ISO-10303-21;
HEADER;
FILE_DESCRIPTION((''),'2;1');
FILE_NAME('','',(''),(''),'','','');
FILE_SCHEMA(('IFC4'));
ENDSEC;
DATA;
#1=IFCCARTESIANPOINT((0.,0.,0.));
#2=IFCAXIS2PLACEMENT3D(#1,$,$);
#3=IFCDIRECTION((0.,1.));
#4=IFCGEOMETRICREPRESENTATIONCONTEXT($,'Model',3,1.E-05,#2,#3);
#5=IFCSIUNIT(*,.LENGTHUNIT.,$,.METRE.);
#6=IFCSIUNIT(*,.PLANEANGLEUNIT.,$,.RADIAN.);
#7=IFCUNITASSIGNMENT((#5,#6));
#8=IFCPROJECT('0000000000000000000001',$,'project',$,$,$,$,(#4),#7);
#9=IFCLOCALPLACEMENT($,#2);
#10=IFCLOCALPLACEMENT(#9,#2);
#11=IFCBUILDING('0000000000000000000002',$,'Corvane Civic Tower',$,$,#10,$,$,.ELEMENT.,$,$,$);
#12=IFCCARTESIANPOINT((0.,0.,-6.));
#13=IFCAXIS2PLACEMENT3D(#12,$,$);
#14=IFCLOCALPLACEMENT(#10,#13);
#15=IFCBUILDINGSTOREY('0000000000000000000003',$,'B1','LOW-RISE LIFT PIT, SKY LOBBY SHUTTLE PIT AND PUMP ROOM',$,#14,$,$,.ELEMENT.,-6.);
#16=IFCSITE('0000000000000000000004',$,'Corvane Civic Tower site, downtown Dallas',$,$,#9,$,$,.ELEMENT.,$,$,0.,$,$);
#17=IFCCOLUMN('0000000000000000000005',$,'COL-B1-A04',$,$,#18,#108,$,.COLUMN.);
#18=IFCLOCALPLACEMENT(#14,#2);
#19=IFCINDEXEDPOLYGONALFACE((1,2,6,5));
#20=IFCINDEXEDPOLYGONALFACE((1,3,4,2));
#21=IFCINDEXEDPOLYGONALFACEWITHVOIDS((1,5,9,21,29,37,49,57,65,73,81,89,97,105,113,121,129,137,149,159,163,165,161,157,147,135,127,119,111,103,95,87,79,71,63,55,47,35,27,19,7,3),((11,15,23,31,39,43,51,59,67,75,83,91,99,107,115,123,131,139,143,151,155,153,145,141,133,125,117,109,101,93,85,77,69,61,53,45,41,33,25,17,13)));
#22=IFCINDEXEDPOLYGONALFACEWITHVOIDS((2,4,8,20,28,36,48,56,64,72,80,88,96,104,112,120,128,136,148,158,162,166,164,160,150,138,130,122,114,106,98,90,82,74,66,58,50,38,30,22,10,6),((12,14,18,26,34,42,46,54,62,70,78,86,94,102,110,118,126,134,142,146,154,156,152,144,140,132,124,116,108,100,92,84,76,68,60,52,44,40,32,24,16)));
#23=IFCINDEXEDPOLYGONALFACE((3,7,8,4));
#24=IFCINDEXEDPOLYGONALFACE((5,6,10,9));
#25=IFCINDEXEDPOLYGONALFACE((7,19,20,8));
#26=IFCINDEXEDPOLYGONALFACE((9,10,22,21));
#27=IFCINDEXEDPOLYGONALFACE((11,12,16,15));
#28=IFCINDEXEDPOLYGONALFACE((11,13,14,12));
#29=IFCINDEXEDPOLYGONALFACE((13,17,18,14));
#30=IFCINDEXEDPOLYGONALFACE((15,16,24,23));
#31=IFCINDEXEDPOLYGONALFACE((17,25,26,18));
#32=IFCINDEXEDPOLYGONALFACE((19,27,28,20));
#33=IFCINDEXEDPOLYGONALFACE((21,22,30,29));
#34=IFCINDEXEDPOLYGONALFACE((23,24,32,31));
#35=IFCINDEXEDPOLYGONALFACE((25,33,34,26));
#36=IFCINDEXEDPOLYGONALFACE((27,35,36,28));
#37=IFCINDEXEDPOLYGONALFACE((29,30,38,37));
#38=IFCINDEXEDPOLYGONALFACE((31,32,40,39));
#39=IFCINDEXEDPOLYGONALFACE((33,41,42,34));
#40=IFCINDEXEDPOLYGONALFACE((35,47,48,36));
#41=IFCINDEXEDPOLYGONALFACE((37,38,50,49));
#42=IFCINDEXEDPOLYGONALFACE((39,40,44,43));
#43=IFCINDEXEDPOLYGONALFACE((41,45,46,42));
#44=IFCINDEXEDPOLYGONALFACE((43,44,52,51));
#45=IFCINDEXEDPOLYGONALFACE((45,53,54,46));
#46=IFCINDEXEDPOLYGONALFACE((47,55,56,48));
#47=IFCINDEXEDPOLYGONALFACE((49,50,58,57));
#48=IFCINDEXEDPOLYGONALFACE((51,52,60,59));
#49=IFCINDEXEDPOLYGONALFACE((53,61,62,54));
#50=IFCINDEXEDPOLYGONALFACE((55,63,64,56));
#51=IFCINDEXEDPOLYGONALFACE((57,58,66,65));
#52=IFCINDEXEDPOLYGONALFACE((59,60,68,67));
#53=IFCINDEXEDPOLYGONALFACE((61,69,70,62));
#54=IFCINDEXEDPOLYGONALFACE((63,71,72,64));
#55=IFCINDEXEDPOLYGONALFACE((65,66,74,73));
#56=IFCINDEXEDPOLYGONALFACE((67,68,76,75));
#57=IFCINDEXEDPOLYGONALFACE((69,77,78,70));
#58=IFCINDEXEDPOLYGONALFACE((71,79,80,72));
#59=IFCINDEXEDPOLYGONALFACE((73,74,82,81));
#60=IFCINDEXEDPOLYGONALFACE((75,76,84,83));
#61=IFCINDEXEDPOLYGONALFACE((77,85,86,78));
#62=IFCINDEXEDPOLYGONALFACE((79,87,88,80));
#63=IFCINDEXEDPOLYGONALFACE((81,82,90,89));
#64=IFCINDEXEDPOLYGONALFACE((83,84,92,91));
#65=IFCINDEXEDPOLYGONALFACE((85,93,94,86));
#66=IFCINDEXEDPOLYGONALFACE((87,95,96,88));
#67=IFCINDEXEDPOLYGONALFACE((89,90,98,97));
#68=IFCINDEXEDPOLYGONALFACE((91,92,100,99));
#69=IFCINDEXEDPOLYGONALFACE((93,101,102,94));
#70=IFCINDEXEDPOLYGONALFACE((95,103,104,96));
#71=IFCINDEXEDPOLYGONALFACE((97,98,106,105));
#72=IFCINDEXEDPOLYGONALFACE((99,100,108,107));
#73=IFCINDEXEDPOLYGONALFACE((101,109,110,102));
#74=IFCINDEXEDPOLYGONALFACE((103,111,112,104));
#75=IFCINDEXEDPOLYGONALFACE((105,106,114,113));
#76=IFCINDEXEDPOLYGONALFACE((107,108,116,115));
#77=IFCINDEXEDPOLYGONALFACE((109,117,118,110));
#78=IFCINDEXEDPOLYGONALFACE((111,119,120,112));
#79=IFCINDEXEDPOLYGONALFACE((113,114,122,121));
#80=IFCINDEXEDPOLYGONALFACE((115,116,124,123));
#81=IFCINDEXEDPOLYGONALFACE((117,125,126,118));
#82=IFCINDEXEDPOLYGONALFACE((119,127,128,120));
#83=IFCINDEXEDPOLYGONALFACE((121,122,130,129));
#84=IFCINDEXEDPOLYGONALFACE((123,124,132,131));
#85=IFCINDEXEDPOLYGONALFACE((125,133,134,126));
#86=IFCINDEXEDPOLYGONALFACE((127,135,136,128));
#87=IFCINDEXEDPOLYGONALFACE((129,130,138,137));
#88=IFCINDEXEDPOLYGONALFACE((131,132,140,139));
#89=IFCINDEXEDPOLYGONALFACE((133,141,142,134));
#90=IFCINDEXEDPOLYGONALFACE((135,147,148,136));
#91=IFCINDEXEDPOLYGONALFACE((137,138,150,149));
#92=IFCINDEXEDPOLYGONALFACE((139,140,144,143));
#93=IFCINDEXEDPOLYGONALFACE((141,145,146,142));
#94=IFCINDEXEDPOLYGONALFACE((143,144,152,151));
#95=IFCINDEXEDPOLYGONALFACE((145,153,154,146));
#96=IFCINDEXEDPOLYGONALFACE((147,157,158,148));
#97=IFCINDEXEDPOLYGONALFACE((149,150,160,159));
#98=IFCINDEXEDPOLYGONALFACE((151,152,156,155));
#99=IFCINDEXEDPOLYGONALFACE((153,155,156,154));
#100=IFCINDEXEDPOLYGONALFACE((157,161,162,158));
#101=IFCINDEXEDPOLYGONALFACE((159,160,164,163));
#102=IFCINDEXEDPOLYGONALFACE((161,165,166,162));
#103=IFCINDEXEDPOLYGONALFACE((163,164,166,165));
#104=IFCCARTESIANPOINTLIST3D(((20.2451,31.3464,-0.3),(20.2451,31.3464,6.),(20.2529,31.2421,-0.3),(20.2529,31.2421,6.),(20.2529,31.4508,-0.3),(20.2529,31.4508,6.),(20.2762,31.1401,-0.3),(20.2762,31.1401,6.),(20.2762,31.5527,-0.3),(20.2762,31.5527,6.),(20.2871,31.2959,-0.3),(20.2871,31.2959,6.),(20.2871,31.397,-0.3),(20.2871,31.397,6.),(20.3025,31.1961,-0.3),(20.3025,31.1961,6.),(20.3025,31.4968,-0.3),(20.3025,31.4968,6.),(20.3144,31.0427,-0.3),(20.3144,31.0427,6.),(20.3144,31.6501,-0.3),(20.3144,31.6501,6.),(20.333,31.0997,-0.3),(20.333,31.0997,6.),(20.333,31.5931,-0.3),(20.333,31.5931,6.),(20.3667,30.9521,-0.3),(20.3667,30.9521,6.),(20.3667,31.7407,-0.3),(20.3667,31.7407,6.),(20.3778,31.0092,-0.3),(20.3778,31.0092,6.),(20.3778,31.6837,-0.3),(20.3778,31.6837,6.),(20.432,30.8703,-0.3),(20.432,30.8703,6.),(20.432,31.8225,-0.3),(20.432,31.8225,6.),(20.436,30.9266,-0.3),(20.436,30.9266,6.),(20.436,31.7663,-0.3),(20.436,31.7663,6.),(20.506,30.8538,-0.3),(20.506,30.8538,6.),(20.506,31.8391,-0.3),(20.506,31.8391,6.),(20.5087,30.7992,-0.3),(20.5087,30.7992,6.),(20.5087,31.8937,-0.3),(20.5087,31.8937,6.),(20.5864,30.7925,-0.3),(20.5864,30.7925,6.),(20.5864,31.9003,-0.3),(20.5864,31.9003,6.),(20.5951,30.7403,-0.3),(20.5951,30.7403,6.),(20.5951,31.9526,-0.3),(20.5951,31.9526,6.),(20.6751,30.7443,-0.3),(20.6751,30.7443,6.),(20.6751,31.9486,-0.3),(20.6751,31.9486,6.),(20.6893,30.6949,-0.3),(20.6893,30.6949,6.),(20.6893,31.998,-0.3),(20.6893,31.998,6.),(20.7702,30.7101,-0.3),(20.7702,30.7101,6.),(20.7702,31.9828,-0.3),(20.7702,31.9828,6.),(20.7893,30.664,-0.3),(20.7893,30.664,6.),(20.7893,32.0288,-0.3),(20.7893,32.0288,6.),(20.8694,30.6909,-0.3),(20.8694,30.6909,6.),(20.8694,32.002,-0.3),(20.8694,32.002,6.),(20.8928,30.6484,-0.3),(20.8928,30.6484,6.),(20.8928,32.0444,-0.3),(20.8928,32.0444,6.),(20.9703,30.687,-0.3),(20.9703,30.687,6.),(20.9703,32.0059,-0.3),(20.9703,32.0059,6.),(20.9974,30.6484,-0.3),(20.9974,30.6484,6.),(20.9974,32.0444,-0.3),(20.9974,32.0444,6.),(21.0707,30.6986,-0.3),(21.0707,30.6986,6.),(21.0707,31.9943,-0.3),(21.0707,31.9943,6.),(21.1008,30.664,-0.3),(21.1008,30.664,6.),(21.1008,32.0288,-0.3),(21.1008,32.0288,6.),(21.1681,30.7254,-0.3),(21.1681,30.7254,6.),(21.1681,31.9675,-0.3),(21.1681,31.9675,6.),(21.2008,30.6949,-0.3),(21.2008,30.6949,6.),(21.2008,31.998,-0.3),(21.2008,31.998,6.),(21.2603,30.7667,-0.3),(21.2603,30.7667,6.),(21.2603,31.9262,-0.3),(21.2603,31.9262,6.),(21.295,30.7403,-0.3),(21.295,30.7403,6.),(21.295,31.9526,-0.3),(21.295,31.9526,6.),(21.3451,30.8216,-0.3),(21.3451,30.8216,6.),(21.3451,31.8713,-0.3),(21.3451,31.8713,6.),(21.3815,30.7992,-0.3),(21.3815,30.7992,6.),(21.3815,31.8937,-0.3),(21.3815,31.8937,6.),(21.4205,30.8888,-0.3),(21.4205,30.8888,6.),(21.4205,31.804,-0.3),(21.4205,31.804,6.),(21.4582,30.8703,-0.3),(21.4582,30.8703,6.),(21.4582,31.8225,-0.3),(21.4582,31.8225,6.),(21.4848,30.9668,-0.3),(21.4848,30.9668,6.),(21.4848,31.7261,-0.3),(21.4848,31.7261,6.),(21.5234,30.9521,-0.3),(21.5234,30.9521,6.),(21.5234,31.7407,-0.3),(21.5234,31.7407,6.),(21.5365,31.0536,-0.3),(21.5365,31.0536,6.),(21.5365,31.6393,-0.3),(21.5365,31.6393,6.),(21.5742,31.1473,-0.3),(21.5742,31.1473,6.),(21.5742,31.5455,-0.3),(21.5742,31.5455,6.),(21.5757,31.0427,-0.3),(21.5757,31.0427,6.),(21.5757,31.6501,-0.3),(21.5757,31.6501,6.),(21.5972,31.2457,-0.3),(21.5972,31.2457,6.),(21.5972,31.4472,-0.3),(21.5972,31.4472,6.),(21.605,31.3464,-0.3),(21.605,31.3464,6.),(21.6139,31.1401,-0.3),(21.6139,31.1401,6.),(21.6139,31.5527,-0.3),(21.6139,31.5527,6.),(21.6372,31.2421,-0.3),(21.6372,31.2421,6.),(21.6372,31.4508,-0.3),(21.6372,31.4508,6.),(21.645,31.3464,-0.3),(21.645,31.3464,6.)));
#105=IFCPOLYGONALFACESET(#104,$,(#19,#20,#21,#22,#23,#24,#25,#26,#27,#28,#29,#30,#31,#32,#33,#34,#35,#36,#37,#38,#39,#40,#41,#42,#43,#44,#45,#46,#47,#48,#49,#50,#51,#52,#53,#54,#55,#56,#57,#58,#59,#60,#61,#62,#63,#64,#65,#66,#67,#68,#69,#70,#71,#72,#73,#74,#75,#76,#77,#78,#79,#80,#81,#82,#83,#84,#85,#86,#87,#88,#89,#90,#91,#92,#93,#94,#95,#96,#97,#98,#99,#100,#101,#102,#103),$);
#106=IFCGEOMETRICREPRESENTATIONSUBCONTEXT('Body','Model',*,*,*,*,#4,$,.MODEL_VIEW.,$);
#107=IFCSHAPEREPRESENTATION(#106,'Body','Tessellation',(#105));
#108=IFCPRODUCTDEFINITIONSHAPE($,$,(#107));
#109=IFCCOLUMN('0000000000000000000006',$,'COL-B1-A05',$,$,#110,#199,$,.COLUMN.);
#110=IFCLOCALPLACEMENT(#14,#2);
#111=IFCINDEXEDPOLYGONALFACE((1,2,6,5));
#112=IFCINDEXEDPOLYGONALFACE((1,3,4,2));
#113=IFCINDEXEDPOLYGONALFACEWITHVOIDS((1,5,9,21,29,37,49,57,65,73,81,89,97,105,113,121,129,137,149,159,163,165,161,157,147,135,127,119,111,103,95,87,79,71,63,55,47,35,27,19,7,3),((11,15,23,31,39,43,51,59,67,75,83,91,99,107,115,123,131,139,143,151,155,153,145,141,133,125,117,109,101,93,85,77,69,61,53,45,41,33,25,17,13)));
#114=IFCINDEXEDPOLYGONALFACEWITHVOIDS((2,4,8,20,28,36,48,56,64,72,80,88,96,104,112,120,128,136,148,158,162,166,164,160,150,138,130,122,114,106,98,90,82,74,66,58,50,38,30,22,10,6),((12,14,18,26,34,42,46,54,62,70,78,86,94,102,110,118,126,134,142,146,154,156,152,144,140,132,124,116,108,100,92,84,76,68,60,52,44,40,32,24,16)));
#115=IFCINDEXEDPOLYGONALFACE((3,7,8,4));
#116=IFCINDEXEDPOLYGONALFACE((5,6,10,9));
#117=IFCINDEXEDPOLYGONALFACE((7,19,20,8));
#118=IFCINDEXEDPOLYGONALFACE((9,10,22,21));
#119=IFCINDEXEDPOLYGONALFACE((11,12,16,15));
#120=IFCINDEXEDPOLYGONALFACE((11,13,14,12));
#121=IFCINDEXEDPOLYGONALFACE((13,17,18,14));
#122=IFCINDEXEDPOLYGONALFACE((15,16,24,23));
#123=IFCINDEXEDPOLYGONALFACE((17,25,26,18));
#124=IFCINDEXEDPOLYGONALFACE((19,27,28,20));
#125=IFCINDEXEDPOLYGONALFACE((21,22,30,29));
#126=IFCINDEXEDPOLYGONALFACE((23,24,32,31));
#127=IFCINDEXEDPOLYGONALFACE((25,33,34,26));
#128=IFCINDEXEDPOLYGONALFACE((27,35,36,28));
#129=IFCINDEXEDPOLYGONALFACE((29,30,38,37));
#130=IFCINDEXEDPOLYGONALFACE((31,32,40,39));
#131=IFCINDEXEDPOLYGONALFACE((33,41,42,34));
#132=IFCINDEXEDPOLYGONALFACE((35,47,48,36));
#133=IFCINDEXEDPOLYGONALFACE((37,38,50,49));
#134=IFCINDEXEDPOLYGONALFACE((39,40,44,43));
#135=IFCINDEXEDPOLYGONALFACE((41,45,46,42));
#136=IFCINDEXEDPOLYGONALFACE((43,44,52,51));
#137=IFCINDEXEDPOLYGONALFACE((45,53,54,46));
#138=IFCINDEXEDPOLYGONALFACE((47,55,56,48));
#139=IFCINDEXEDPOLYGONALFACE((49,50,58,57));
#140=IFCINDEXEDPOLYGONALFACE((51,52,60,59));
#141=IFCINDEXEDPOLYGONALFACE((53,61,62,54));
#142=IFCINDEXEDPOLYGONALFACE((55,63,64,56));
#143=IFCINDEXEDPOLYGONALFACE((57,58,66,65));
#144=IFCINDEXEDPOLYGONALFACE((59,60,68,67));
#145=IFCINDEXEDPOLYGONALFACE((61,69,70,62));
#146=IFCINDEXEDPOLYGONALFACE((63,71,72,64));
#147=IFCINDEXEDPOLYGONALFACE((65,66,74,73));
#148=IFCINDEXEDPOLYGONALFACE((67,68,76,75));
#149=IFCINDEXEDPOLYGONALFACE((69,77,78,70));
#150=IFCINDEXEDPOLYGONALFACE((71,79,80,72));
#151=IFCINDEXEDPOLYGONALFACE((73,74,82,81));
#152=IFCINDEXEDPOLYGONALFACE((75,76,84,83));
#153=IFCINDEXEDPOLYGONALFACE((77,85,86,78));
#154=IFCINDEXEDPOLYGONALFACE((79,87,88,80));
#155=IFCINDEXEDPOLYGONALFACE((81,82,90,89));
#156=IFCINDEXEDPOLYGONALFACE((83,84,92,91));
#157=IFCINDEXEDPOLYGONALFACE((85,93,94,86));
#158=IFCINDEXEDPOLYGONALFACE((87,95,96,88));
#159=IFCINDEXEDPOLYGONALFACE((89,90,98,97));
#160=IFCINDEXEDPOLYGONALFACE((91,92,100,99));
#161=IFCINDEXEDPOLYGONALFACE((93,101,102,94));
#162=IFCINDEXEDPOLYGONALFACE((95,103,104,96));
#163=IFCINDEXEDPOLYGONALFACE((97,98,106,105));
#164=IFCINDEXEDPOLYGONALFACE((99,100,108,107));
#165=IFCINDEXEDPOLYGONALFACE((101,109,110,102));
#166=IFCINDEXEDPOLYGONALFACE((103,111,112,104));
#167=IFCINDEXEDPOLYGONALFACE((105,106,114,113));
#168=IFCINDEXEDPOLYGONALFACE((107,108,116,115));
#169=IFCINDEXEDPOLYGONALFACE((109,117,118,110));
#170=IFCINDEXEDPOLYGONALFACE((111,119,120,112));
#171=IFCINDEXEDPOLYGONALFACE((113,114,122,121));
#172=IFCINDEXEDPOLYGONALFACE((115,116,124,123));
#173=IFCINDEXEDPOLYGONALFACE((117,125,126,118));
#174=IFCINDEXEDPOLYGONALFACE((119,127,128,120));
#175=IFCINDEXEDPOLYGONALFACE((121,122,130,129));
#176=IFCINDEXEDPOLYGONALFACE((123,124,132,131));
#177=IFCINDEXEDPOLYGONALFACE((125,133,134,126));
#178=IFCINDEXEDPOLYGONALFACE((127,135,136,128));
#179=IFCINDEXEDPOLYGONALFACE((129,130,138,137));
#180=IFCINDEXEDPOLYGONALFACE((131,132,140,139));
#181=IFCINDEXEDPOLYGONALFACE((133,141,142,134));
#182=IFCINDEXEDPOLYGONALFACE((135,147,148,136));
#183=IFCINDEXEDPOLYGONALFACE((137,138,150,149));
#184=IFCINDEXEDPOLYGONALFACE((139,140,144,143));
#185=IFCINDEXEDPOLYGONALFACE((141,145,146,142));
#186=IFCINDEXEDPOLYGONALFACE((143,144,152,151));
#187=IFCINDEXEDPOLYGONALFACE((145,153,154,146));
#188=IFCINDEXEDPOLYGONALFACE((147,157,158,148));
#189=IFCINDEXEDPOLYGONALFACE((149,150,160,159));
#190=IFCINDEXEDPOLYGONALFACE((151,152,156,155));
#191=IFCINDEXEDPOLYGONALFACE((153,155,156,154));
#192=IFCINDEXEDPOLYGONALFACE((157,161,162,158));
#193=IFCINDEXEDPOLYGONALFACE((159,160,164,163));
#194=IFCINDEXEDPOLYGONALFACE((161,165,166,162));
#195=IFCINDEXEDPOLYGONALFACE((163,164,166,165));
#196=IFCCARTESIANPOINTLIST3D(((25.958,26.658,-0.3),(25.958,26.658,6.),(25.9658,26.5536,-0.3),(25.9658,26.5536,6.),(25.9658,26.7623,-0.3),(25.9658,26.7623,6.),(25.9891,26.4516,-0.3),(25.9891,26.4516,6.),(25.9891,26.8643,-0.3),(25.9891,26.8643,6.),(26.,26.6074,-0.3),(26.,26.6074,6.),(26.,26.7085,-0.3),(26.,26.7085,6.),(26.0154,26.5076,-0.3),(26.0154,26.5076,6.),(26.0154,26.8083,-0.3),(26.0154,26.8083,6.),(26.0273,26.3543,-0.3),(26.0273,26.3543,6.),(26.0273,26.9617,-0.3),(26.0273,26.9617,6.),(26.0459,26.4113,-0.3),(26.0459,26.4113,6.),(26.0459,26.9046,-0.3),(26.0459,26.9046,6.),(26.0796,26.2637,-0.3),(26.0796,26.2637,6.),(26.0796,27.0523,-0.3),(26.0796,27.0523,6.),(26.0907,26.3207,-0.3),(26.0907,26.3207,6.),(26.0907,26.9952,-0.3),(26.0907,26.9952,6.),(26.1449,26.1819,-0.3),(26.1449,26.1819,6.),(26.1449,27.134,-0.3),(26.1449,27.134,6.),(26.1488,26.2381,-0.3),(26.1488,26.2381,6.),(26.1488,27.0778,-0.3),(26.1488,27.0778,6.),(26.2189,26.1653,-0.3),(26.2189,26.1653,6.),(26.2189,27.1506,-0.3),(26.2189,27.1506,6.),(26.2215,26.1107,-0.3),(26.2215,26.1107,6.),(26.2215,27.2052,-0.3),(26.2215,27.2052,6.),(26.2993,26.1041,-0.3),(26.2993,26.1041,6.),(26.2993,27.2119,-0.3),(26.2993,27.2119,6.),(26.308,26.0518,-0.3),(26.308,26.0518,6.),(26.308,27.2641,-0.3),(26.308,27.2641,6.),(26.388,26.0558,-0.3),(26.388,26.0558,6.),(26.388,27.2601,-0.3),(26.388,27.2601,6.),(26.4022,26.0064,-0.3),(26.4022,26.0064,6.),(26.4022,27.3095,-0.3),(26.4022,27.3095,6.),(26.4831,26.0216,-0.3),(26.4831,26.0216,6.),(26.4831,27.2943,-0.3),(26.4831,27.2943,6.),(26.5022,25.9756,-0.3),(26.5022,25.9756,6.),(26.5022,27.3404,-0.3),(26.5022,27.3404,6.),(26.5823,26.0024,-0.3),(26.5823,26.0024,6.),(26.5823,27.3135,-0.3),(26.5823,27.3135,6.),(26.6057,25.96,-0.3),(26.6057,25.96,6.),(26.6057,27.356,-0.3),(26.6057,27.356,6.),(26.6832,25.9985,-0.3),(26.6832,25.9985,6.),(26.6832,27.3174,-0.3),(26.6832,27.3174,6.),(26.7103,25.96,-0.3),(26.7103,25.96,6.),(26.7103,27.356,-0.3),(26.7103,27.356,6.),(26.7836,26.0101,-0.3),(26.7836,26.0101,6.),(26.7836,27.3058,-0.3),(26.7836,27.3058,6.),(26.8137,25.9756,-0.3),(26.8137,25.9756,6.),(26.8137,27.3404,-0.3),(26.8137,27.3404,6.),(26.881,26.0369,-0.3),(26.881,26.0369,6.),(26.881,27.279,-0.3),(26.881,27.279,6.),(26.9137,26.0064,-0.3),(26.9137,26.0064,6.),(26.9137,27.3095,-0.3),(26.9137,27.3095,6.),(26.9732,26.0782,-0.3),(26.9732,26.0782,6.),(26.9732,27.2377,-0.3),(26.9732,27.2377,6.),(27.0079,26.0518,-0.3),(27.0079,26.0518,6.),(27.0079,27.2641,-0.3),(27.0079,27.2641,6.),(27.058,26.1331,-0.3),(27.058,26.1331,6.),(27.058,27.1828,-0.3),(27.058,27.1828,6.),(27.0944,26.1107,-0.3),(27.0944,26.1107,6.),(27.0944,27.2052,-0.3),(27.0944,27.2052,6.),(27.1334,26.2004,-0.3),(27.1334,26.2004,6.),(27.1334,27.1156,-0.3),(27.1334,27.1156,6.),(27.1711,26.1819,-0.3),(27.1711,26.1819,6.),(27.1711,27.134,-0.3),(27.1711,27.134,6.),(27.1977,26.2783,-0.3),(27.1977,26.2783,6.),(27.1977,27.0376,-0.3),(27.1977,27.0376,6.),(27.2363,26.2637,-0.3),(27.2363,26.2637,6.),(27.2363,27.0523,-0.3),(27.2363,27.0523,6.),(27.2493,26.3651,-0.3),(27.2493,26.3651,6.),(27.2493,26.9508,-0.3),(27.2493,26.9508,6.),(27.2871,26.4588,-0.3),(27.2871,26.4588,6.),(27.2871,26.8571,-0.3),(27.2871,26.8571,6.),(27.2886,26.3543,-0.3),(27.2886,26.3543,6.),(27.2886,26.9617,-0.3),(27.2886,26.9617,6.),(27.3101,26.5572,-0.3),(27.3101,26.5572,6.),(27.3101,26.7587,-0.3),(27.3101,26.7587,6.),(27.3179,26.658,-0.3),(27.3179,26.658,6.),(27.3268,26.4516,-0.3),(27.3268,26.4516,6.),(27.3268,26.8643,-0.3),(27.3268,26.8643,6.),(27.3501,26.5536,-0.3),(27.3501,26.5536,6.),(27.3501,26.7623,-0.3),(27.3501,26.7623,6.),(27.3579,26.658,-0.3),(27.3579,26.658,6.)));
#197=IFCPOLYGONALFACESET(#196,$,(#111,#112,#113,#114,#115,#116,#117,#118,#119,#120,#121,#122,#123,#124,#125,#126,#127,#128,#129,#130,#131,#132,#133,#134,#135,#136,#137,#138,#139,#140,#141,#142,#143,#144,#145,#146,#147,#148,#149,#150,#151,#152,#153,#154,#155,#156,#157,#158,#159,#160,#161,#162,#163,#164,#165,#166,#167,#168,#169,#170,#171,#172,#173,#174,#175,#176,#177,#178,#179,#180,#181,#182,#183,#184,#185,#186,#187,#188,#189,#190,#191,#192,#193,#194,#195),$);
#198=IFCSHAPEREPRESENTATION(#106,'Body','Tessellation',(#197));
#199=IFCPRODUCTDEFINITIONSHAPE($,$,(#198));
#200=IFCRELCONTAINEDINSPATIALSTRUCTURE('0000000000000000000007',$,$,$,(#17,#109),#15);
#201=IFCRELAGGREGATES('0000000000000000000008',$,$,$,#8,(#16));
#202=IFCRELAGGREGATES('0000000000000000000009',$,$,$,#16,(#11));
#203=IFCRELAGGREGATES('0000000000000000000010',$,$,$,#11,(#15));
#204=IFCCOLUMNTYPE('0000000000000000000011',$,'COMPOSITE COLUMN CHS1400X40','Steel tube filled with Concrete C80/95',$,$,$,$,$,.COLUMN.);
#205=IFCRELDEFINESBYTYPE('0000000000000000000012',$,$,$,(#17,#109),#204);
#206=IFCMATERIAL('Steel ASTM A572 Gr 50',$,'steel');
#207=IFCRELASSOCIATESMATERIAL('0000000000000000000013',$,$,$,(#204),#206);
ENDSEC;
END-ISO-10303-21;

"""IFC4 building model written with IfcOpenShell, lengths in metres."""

from ifc_helpers import new_model, si_unit, direction, frame, origin, origin_2d, place, context, subcontext, project, spatial, hollow_circle, extrude, material, material_profile, profile_set, type_object, element, save


model = new_model("IFC4")

# Units and contexts
model_context = context("Model", 3, precision=1e-05, world=origin(), true_north=direction((0.0, 1.0)))
body_context = subcontext(model_context, "Body", "Model", "MODEL_VIEW")
ifc_project = project(units=[si_unit("LENGTHUNIT", "METRE"), si_unit("PLANEANGLEUNIT", "RADIAN")], contexts=[model_context])

# Site, building, storey
site_placement = place(None, origin())
site = spatial("IfcSite", under=ifc_project, at=site_placement, Name="Corvane Civic Tower site, downtown Dallas", CompositionType="ELEMENT", RefElevation=0.0)
building_placement = place(site_placement, origin())
building = spatial("IfcBuilding", under=site, at=building_placement, Name="Corvane Civic Tower", CompositionType="ELEMENT")
storey_placement = place(building_placement, frame((0.0, 0.0, -6.0)))
storey = spatial("IfcBuildingStorey", under=building, at=storey_placement, Name="B1", Description="LOW-RISE LIFT PIT, SKY LOBBY SHUTTLE PIT AND PUMP ROOM", CompositionType="ELEMENT", Elevation=-6.0)

# Columns
ifc_material_1 = material(Name="Steel ASTM A572 Gr 50", Category="steel")
ifc_material_profile_1 = material_profile(ifc_material_1, hollow_circle(Radius=0.7, WallThickness=0.04, at=origin_2d()), Name="CHS1400X40")
ifc_profile_set_1 = profile_set([ifc_material_profile_1], Name="Steel ASTM A572 Gr 50")
column_type_1 = type_object("IfcColumnType", Name="COMPOSITE COLUMN CHS1400X40", Description="Steel tube filled with Concrete C80/95", PredefinedType="COLUMN", material=ifc_profile_set_1)
for number, where, z_axis, x_axis, name in (
    (1, (20.9451, 31.3464, -0.3), (0.0, 0.0, 1.0), (1.0, 0.0, 0.0), "COL-B1-A04"),
    (2, (26.658, 26.658, -0.3), (0.0, 0.0, 1.0), (1.0, 0.0, 0.0), "COL-B1-A05"),
):
    element("IfcColumn", number, at=place(storey_placement, frame(where, z_axis=z_axis, x_axis=x_axis)), inside=storey, type_object=column_type_1, Name=name, PredefinedType="COLUMN", context=body_context, shape_type="SweptSolid", body=[
        extrude(hollow_circle(Radius=0.7, WallThickness=0.04, at=origin_2d()), origin(), (0.0, 0.0, 1.0), 6.3),
    ])

save(model, "model.ifc")
